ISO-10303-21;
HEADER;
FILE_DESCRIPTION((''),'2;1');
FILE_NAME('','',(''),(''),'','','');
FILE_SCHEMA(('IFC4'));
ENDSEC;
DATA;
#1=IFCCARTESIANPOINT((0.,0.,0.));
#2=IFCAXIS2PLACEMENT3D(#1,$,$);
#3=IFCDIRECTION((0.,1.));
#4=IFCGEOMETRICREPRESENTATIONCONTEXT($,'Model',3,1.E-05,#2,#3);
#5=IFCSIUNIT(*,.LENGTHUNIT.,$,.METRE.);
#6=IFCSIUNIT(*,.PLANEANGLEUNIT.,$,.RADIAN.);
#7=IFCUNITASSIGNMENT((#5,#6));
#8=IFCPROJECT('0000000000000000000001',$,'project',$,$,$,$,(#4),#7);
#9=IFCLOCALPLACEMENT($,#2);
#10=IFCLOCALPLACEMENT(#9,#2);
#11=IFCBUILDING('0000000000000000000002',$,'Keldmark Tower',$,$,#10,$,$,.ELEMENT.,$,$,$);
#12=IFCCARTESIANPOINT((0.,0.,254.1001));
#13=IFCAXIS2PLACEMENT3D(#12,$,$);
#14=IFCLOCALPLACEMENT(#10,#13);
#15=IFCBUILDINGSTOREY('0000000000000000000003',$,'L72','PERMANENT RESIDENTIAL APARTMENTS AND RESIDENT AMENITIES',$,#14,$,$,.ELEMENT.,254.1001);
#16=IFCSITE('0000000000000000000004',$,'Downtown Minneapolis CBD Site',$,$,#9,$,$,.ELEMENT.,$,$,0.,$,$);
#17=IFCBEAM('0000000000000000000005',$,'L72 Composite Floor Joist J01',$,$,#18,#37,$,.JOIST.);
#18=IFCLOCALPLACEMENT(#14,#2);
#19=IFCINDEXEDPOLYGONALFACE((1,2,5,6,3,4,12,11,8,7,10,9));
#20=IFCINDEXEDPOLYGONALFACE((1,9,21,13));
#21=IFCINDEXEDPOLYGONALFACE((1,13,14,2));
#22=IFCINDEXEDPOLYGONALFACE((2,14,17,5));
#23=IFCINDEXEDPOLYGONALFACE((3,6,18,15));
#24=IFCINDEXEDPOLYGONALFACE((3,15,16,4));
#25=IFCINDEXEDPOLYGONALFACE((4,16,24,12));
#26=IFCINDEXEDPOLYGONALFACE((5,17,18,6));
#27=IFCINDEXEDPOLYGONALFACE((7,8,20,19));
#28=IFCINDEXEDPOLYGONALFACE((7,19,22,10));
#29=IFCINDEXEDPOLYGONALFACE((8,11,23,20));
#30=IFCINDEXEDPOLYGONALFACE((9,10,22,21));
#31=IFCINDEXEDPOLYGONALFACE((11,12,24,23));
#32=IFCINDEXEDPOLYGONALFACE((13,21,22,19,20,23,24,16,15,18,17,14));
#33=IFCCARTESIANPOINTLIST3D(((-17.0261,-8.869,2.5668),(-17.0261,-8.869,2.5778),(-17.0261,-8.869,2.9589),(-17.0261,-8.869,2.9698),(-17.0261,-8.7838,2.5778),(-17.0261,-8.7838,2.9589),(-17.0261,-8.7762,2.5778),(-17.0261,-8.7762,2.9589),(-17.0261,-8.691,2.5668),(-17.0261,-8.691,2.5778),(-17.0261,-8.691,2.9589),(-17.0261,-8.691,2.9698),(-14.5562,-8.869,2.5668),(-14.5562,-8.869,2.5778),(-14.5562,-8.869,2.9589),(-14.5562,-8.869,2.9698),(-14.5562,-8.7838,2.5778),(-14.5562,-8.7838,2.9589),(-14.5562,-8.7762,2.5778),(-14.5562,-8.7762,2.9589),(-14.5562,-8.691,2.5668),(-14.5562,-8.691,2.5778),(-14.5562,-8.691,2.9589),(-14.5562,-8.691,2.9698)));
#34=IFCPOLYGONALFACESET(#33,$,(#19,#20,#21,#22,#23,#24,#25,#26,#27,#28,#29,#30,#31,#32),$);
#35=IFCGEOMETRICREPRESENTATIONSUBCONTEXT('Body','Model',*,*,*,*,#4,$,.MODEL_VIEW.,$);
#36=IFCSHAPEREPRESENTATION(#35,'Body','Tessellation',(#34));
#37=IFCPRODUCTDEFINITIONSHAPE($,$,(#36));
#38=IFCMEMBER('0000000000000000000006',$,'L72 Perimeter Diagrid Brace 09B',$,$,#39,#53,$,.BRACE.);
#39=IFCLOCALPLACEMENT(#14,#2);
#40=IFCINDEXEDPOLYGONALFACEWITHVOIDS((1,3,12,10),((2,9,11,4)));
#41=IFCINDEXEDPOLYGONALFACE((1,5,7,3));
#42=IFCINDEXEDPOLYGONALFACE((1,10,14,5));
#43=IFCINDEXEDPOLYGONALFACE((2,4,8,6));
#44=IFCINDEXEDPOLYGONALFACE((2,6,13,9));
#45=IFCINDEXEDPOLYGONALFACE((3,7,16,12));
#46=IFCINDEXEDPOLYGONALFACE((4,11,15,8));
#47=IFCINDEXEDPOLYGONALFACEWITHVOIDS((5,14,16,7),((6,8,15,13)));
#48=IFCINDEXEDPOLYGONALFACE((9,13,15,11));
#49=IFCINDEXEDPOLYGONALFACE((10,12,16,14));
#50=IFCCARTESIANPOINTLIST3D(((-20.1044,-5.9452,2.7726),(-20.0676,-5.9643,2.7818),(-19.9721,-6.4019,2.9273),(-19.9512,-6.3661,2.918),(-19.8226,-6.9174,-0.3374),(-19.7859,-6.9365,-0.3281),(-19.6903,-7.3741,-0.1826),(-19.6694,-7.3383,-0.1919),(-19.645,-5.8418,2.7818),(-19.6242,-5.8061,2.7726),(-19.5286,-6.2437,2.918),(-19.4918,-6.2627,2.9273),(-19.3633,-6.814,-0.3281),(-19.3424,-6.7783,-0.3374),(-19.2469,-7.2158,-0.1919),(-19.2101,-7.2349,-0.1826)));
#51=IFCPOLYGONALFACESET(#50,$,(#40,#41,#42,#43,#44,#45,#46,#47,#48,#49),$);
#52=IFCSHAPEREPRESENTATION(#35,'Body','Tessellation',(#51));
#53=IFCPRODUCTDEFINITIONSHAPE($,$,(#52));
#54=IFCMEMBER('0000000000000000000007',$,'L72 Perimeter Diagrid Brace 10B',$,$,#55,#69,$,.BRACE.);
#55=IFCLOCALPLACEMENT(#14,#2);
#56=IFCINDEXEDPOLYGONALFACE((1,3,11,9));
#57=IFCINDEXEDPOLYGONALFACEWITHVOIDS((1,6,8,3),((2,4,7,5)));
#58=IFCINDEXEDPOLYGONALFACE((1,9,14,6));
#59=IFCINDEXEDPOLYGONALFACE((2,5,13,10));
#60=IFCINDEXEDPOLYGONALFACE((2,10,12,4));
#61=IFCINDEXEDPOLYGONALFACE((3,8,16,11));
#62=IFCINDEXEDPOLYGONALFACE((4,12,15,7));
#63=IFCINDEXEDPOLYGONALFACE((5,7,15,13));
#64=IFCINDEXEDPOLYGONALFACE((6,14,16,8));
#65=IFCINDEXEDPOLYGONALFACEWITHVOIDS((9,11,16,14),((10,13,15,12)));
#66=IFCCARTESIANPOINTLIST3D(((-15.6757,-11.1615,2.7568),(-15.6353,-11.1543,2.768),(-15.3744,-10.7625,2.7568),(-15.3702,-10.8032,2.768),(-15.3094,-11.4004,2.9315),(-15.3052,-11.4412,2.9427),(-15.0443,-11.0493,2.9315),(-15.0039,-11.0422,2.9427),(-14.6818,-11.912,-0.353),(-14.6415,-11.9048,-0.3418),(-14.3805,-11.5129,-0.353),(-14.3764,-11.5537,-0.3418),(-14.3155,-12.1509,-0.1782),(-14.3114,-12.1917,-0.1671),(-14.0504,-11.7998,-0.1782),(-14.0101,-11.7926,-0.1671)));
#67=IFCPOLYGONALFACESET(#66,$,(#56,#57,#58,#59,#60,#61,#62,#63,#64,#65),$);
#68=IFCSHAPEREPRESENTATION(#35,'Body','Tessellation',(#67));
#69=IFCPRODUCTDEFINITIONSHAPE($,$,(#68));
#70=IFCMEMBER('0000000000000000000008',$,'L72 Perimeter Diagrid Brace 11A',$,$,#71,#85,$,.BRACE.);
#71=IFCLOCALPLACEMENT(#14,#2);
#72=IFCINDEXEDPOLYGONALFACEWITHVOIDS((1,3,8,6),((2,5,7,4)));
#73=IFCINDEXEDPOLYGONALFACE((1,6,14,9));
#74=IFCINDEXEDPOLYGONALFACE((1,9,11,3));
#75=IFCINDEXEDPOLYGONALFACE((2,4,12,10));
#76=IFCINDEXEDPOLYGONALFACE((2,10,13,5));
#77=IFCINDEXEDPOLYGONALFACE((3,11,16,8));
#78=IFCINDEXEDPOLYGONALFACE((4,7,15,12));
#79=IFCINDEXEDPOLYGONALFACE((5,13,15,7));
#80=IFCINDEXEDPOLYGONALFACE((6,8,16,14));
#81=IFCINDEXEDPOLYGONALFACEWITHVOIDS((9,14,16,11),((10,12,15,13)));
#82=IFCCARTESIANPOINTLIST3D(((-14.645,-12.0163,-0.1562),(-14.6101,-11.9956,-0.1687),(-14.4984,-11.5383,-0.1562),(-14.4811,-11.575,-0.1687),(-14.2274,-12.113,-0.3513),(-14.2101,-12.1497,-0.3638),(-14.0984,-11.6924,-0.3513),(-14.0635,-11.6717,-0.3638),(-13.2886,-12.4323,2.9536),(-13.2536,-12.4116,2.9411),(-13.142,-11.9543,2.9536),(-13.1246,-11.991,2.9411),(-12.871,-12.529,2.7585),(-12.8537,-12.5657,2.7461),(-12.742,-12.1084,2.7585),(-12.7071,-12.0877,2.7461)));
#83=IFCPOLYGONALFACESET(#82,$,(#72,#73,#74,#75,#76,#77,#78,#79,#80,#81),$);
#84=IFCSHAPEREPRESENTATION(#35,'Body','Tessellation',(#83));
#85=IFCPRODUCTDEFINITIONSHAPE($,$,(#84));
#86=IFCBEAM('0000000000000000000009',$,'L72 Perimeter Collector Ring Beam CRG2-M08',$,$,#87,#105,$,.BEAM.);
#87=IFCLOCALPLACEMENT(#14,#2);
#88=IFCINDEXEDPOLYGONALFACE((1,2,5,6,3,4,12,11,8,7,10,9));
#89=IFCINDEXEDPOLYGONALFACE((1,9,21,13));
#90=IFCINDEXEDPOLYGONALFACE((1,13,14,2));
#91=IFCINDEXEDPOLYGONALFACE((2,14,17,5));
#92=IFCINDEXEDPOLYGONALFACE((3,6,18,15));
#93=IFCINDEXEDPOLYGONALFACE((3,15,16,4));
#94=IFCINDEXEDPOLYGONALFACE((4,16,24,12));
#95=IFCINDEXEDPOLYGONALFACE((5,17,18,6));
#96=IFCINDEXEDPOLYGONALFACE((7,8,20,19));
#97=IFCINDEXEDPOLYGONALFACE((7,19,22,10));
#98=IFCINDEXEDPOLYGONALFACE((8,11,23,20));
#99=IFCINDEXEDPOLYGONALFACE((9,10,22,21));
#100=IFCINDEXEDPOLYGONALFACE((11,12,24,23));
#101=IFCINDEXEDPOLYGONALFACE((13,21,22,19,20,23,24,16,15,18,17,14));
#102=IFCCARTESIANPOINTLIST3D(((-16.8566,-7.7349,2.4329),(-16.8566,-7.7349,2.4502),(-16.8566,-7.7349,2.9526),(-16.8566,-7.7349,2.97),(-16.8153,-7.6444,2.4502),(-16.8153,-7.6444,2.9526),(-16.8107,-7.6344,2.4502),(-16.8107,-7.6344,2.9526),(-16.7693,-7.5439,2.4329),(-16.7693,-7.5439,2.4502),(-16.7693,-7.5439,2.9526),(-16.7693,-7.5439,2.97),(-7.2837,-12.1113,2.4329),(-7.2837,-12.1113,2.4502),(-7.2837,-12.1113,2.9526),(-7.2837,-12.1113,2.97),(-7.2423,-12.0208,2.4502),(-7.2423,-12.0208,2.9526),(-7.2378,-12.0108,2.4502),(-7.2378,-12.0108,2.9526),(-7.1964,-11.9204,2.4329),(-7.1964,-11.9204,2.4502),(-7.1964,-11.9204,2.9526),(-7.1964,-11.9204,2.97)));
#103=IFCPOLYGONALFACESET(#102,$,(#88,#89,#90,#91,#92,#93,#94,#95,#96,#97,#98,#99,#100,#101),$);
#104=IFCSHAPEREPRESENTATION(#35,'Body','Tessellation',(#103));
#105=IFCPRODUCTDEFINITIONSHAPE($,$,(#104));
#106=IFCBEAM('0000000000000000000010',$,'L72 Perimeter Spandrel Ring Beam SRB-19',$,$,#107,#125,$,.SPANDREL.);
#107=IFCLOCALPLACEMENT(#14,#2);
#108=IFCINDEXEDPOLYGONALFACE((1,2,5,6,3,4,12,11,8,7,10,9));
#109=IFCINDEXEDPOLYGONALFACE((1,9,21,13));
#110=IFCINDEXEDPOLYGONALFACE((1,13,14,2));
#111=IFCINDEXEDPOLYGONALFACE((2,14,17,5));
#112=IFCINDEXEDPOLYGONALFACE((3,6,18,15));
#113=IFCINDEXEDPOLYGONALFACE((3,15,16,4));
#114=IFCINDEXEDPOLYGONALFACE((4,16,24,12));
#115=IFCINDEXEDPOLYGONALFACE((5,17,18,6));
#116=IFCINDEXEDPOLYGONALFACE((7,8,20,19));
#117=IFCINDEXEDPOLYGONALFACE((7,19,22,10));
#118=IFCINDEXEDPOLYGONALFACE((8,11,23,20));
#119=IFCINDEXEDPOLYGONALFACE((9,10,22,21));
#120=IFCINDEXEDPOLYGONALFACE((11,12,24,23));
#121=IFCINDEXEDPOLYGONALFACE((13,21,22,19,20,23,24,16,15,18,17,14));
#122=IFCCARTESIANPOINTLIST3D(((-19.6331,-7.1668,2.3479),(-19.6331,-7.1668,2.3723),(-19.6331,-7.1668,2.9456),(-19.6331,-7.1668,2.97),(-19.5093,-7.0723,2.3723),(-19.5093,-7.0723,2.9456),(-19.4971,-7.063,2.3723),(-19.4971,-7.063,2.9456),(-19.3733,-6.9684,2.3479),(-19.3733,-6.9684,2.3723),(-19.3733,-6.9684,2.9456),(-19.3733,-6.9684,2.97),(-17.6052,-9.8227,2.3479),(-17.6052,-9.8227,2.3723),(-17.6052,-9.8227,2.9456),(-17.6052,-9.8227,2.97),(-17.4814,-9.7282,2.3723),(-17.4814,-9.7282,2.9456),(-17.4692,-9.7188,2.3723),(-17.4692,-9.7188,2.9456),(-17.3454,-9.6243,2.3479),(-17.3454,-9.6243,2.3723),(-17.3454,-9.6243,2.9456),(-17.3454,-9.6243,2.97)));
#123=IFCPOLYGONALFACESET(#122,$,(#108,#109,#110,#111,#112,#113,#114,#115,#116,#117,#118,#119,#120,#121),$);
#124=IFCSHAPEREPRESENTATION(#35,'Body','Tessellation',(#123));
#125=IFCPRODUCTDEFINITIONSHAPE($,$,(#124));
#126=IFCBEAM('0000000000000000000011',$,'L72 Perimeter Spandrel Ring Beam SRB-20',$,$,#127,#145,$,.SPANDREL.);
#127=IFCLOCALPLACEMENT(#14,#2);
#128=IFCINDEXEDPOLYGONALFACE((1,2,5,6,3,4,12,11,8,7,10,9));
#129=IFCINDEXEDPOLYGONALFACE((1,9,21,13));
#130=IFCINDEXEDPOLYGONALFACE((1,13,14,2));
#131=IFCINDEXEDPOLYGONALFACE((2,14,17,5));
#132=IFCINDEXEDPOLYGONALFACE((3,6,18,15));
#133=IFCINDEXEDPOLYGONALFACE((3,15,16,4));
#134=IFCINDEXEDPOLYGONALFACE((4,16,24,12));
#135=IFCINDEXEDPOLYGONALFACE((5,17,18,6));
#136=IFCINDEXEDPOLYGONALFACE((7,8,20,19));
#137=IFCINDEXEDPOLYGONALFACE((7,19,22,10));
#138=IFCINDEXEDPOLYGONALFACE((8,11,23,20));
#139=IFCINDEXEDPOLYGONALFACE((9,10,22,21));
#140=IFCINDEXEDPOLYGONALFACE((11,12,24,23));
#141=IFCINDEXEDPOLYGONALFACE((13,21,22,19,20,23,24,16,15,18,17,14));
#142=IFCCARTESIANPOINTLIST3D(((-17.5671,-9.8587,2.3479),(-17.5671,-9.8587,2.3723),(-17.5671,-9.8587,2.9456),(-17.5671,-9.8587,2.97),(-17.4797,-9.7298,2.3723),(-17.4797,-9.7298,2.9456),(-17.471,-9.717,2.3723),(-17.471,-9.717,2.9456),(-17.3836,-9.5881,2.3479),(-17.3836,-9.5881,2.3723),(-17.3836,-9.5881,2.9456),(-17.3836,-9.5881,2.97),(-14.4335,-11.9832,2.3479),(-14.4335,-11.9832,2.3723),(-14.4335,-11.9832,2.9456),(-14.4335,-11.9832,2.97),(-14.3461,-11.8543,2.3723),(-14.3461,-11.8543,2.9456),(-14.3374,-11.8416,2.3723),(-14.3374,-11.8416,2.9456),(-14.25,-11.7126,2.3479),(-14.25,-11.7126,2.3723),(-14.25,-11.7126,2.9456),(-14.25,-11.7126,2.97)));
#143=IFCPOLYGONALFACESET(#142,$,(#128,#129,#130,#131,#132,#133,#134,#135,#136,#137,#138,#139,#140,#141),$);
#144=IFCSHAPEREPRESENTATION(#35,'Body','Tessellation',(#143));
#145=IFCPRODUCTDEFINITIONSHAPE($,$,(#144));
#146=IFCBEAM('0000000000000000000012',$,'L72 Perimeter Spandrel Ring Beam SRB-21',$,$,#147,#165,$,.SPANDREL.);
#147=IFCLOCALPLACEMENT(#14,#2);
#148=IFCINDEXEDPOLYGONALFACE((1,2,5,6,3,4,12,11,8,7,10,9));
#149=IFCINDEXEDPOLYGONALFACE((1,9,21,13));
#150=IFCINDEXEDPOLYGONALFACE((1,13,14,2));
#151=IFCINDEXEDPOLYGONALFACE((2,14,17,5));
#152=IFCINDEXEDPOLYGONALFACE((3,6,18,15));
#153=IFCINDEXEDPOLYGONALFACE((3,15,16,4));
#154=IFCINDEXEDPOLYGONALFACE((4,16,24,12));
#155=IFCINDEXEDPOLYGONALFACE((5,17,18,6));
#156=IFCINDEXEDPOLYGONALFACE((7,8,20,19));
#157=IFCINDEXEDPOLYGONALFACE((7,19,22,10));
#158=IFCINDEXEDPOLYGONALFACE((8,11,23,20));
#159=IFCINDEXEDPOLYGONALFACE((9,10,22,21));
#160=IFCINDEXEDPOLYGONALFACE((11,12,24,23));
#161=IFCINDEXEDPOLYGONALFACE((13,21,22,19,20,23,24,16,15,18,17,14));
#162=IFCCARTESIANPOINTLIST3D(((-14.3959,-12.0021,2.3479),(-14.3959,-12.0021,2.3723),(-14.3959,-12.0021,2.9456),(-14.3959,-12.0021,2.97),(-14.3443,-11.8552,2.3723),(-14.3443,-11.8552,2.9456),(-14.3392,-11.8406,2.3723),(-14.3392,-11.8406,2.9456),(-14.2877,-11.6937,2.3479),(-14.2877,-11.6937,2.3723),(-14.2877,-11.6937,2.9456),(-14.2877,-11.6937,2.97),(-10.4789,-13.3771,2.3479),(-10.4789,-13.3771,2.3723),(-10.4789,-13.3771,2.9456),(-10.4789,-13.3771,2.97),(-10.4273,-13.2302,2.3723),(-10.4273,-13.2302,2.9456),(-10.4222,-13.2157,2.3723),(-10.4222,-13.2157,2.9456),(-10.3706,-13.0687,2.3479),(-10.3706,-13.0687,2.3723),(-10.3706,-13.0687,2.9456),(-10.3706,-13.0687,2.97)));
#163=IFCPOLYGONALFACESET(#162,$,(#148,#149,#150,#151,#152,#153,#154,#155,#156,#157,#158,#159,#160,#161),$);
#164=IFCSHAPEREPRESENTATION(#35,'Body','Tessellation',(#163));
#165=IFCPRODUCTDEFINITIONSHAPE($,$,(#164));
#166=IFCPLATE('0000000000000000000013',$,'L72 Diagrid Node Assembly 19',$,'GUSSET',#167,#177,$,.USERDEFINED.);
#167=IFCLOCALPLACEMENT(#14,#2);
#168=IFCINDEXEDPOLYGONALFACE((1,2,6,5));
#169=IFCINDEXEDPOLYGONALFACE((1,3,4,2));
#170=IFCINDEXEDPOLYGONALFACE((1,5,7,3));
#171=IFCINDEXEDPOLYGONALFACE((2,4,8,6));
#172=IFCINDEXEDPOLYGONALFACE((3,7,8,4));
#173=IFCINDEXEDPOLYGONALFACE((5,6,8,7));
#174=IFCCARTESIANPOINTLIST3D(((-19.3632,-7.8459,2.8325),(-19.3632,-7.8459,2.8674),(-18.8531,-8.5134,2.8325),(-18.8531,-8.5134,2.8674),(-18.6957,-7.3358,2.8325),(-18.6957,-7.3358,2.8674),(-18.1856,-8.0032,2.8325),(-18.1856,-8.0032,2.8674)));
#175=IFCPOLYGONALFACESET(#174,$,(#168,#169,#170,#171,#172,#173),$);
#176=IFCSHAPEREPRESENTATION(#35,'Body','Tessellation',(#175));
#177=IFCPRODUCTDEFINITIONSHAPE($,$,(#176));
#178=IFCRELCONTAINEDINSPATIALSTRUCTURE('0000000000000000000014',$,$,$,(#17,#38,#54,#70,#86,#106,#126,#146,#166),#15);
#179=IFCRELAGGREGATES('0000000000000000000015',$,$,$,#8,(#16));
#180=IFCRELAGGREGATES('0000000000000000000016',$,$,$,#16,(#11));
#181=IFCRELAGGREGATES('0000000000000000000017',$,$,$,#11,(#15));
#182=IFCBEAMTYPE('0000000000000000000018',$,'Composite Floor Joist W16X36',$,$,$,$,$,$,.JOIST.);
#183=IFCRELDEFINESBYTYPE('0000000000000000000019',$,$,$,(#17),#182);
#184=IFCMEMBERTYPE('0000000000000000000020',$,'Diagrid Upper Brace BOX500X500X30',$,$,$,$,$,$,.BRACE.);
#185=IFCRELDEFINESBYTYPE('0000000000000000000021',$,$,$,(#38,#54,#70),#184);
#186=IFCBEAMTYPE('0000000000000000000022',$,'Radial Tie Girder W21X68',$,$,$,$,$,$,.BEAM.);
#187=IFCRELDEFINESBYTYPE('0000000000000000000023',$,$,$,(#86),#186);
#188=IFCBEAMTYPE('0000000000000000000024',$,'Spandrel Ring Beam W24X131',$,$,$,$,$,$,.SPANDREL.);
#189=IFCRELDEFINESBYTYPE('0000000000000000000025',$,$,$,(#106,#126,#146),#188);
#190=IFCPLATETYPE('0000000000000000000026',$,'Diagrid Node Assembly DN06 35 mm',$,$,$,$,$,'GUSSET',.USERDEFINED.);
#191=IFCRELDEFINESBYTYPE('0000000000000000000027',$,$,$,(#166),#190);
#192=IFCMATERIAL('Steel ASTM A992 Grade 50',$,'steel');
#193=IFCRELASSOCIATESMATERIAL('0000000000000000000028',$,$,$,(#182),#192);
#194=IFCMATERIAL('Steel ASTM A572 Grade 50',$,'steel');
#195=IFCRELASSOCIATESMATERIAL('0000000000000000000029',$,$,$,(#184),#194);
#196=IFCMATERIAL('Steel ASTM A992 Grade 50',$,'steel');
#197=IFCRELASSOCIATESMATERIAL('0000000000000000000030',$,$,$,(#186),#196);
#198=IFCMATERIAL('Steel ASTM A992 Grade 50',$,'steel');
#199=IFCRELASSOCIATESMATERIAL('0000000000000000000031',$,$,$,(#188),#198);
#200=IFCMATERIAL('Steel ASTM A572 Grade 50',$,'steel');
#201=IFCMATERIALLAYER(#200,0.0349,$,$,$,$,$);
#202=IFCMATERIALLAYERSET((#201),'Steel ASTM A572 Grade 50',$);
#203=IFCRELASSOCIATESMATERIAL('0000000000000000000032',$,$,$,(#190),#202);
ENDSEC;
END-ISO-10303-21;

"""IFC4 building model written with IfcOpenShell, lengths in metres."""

from ifc_helpers import new_model, si_unit, direction, frame, origin, origin_2d, place, context, subcontext, project, spatial, rectangle, hollow_rectangle, i_section, extrude, material, layer, layer_set, material_profile, profile_set, type_object, element, save


model = new_model("IFC4")

# Units and contexts
model_context = context("Model", 3, precision=1e-05, world=origin(), true_north=direction((0.0, 1.0)))
body_context = subcontext(model_context, "Body", "Model", "MODEL_VIEW")
ifc_project = project(units=[si_unit("LENGTHUNIT", "METRE"), si_unit("PLANEANGLEUNIT", "RADIAN")], contexts=[model_context])

# Site, building, storey
site_placement = place(None, origin())
site = spatial("IfcSite", under=ifc_project, at=site_placement, Name="Downtown Minneapolis CBD Site", CompositionType="ELEMENT", RefElevation=0.0)
building_placement = place(site_placement, origin())
building = spatial("IfcBuilding", under=site, at=building_placement, Name="Keldmark Tower", CompositionType="ELEMENT")
storey_placement = place(building_placement, frame((0.0, 0.0, 254.1001)))
storey = spatial("IfcBuildingStorey", under=building, at=storey_placement, Name="L72", Description="PERMANENT RESIDENTIAL APARTMENTS AND RESIDENT AMENITIES", CompositionType="ELEMENT", Elevation=254.1001)

# Beam
ifc_material_1 = material(Name="Steel ASTM A992 Grade 50", Category="steel")
ifc_material_profile_1 = material_profile(ifc_material_1, i_section(OverallWidth=0.178, OverallDepth=0.4031, WebThickness=0.0076, FlangeThickness=0.011, at=origin_2d()), Name="W16X36")
ifc_profile_set_1 = profile_set([ifc_material_profile_1], Name="Steel ASTM A992 Grade 50")
beam_type_1 = type_object("IfcBeamType", Name="Composite Floor Joist W16X36", PredefinedType="JOIST", material=ifc_profile_set_1)
beam_1_placement = place(storey_placement, frame((-17.0261, -8.78, 2.7683), z_axis=(1.0, 0.0, 0.0), x_axis=(0.0, 1.0, 0.0)))
element("IfcBeam", 1, at=beam_1_placement, inside=storey, type_object=beam_type_1, Name="L72 Composite Floor Joist J01", PredefinedType="JOIST", context=body_context, shape_type="SweptSolid", body=[
    extrude(i_section(OverallWidth=0.178, OverallDepth=0.4031, WebThickness=0.0076, FlangeThickness=0.011, at=origin_2d()), origin(), (0.0, 0.0, 1.0), 2.47),
])

# Members
ifc_material_2 = material(Name="Steel ASTM A572 Grade 50", Category="steel")
ifc_material_profile_2 = material_profile(ifc_material_2, hollow_rectangle(XDim=0.5, YDim=0.5, WallThickness=0.03, at=origin_2d()), Name="BOX500X500X30")
ifc_profile_set_2 = profile_set([ifc_material_profile_2], Name="Steel ASTM A572 Grade 50")
member_type = type_object("IfcMemberType", Name="Diagrid Upper Brace BOX500X500X30", PredefinedType="BRACE", material=ifc_profile_set_2)
member_1_placement = place(storey_placement, frame((-19.5164, -7.0762, -0.26), z_axis=(-0.086147, 0.29726, 0.950902), x_axis=(-0.960479, -0.278351, 0.0)))
element("IfcMember", 2, at=member_1_placement, inside=storey, type_object=member_type, Name="L72 Perimeter Diagrid Brace 09B", PredefinedType="BRACE", context=body_context, shape_type="SweptSolid", body=[
    extrude(hollow_rectangle(XDim=0.5, YDim=0.5, WallThickness=0.03, at=origin_2d()), origin(), (0.0, 0.0, 1.0), 3.2705),
])
member_2_placement = place(storey_placement, frame((-14.3459, -11.8523, -0.26), z_axis=(-0.296688, 0.224028, 0.928325), x_axis=(-0.6026, -0.798043, 0.0)))
element("IfcMember", 3, at=member_2_placement, inside=storey, type_object=member_type, Name="L72 Perimeter Diagrid Brace 10B", PredefinedType="BRACE", context=body_context, shape_type="SweptSolid", body=[
    extrude(hollow_rectangle(XDim=0.5, YDim=0.5, WallThickness=0.03, at=origin_2d()), origin(), (0.0, 0.0, 1.0), 3.3499),
])
member_3_placement = place(storey_placement, frame((-14.3542, -11.844, -0.26), z_axis=(0.396827, -0.121705, 0.909789), x_axis=(0.293215, 0.956046, 0.0)))
element("IfcMember", 4, at=member_3_placement, inside=storey, type_object=member_type, Name="L72 Perimeter Diagrid Brace 11A", PredefinedType="BRACE", context=body_context, shape_type="SweptSolid", body=[
    extrude(hollow_rectangle(XDim=0.5, YDim=0.5, WallThickness=0.03, at=origin_2d()), origin(), (0.0, 0.0, 1.0), 3.4182),
])

# Beams
ifc_material_3 = material(Name="Steel ASTM A992 Grade 50", Category="steel")
ifc_material_profile_3 = material_profile(ifc_material_3, i_section(OverallWidth=0.21, OverallDepth=0.5371, WebThickness=0.011, FlangeThickness=0.0173, at=origin_2d()), Name="W21X68")
ifc_profile_set_3 = profile_set([ifc_material_profile_3], Name="Steel ASTM A992 Grade 50")
beam_type_2 = type_object("IfcBeamType", Name="Radial Tie Girder W21X68", PredefinedType="BEAM", material=ifc_profile_set_3)
beam_2_placement = place(storey_placement, frame((-16.813, -7.6394, 2.7014), z_axis=(0.909466, -0.415778, 0.0), x_axis=(0.415778, 0.909466, 0.0)))
element("IfcBeam", 5, at=beam_2_placement, inside=storey, type_object=beam_type_2, Name="L72 Perimeter Collector Ring Beam CRG2-M08", PredefinedType="BEAM", context=body_context, shape_type="SweptSolid", body=[
    extrude(i_section(OverallWidth=0.21, OverallDepth=0.5371, WebThickness=0.011, FlangeThickness=0.0173, at=origin_2d()), origin(), (0.0, 0.0, 1.0), 10.5259),
])
ifc_material_4 = material(Name="Steel ASTM A992 Grade 50", Category="steel")
ifc_material_profile_4 = material_profile(ifc_material_4, i_section(OverallWidth=0.3269, OverallDepth=0.6221, WebThickness=0.0154, FlangeThickness=0.0244, at=origin_2d()), Name="W24X131")
ifc_profile_set_4 = profile_set([ifc_material_profile_4], Name="Steel ASTM A992 Grade 50")
beam_type_3 = type_object("IfcBeamType", Name="Spandrel Ring Beam W24X131", PredefinedType="SPANDREL", material=ifc_profile_set_4)
beam_3_placement = place(storey_placement, frame((-19.5032, -7.0676, 2.6589), z_axis=(0.606875, -0.794797, 0.0), x_axis=(0.794797, 0.606875, 0.0)))
element("IfcBeam", 6, at=beam_3_placement, inside=storey, type_object=beam_type_3, Name="L72 Perimeter Spandrel Ring Beam SRB-19", PredefinedType="SPANDREL", context=body_context, shape_type="SweptSolid", body=[
    extrude(i_section(OverallWidth=0.3269, OverallDepth=0.6221, WebThickness=0.0154, FlangeThickness=0.0244, at=origin_2d()), origin(), (0.0, 0.0, 1.0), 3.3416),
])
beam_4_placement = place(storey_placement, frame((-17.4753, -9.7234, 2.6589), z_axis=(0.827699, -0.561172, 0.0), x_axis=(0.561172, 0.827699, 0.0)))
element("IfcBeam", 7, at=beam_4_placement, inside=storey, type_object=beam_type_3, Name="L72 Perimeter Spandrel Ring Beam SRB-20", PredefinedType="SPANDREL", context=body_context, shape_type="SweptSolid", body=[
    extrude(i_section(OverallWidth=0.3269, OverallDepth=0.6221, WebThickness=0.0154, FlangeThickness=0.0244, at=origin_2d()), origin(), (0.0, 0.0, 1.0), 3.7859),
])
beam_5_placement = place(storey_placement, frame((-14.3418, -11.8479, 2.6589), z_axis=(0.943554, -0.33122, 0.0), x_axis=(0.33122, 0.943554, 0.0)))
element("IfcBeam", 8, at=beam_5_placement, inside=storey, type_object=beam_type_3, Name="L72 Perimeter Spandrel Ring Beam SRB-21", PredefinedType="SPANDREL", context=body_context, shape_type="SweptSolid", body=[
    extrude(i_section(OverallWidth=0.3269, OverallDepth=0.6221, WebThickness=0.0154, FlangeThickness=0.0244, at=origin_2d()), origin(), (0.0, 0.0, 1.0), 4.1514),
])

# Plate
ifc_material_5 = material(Name="Steel ASTM A572 Grade 50", Category="steel")
ifc_layer_1 = layer(ifc_material_5, 0.0349)
ifc_layer_set_1 = layer_set([ifc_layer_1], Name="Steel ASTM A572 Grade 50")
plate_type = type_object("IfcPlateType", Name="Diagrid Node Assembly DN06 35 mm", ElementType="GUSSET", PredefinedType="USERDEFINED", material=ifc_layer_set_1)
for number, where, z_axis, x_axis, name in (
    (9, (-18.7744, -7.9246, 2.8325), (0.0, 0.0, 1.0), (0.607237, -0.794521, 0.0), "L72 Diagrid Node Assembly 19"),
):
    element("IfcPlate", number, at=place(storey_placement, frame(where, z_axis=z_axis, x_axis=x_axis)), inside=storey, type_object=plate_type, Name=name, ObjectType="GUSSET", PredefinedType="USERDEFINED", context=body_context, shape_type="SweptSolid", body=[
        extrude(rectangle(XDim=0.8401, YDim=0.8401, at=origin_2d()), origin(), (0.0, 0.0, 1.0), 0.0349),
    ])

save(model, "model.ifc")
